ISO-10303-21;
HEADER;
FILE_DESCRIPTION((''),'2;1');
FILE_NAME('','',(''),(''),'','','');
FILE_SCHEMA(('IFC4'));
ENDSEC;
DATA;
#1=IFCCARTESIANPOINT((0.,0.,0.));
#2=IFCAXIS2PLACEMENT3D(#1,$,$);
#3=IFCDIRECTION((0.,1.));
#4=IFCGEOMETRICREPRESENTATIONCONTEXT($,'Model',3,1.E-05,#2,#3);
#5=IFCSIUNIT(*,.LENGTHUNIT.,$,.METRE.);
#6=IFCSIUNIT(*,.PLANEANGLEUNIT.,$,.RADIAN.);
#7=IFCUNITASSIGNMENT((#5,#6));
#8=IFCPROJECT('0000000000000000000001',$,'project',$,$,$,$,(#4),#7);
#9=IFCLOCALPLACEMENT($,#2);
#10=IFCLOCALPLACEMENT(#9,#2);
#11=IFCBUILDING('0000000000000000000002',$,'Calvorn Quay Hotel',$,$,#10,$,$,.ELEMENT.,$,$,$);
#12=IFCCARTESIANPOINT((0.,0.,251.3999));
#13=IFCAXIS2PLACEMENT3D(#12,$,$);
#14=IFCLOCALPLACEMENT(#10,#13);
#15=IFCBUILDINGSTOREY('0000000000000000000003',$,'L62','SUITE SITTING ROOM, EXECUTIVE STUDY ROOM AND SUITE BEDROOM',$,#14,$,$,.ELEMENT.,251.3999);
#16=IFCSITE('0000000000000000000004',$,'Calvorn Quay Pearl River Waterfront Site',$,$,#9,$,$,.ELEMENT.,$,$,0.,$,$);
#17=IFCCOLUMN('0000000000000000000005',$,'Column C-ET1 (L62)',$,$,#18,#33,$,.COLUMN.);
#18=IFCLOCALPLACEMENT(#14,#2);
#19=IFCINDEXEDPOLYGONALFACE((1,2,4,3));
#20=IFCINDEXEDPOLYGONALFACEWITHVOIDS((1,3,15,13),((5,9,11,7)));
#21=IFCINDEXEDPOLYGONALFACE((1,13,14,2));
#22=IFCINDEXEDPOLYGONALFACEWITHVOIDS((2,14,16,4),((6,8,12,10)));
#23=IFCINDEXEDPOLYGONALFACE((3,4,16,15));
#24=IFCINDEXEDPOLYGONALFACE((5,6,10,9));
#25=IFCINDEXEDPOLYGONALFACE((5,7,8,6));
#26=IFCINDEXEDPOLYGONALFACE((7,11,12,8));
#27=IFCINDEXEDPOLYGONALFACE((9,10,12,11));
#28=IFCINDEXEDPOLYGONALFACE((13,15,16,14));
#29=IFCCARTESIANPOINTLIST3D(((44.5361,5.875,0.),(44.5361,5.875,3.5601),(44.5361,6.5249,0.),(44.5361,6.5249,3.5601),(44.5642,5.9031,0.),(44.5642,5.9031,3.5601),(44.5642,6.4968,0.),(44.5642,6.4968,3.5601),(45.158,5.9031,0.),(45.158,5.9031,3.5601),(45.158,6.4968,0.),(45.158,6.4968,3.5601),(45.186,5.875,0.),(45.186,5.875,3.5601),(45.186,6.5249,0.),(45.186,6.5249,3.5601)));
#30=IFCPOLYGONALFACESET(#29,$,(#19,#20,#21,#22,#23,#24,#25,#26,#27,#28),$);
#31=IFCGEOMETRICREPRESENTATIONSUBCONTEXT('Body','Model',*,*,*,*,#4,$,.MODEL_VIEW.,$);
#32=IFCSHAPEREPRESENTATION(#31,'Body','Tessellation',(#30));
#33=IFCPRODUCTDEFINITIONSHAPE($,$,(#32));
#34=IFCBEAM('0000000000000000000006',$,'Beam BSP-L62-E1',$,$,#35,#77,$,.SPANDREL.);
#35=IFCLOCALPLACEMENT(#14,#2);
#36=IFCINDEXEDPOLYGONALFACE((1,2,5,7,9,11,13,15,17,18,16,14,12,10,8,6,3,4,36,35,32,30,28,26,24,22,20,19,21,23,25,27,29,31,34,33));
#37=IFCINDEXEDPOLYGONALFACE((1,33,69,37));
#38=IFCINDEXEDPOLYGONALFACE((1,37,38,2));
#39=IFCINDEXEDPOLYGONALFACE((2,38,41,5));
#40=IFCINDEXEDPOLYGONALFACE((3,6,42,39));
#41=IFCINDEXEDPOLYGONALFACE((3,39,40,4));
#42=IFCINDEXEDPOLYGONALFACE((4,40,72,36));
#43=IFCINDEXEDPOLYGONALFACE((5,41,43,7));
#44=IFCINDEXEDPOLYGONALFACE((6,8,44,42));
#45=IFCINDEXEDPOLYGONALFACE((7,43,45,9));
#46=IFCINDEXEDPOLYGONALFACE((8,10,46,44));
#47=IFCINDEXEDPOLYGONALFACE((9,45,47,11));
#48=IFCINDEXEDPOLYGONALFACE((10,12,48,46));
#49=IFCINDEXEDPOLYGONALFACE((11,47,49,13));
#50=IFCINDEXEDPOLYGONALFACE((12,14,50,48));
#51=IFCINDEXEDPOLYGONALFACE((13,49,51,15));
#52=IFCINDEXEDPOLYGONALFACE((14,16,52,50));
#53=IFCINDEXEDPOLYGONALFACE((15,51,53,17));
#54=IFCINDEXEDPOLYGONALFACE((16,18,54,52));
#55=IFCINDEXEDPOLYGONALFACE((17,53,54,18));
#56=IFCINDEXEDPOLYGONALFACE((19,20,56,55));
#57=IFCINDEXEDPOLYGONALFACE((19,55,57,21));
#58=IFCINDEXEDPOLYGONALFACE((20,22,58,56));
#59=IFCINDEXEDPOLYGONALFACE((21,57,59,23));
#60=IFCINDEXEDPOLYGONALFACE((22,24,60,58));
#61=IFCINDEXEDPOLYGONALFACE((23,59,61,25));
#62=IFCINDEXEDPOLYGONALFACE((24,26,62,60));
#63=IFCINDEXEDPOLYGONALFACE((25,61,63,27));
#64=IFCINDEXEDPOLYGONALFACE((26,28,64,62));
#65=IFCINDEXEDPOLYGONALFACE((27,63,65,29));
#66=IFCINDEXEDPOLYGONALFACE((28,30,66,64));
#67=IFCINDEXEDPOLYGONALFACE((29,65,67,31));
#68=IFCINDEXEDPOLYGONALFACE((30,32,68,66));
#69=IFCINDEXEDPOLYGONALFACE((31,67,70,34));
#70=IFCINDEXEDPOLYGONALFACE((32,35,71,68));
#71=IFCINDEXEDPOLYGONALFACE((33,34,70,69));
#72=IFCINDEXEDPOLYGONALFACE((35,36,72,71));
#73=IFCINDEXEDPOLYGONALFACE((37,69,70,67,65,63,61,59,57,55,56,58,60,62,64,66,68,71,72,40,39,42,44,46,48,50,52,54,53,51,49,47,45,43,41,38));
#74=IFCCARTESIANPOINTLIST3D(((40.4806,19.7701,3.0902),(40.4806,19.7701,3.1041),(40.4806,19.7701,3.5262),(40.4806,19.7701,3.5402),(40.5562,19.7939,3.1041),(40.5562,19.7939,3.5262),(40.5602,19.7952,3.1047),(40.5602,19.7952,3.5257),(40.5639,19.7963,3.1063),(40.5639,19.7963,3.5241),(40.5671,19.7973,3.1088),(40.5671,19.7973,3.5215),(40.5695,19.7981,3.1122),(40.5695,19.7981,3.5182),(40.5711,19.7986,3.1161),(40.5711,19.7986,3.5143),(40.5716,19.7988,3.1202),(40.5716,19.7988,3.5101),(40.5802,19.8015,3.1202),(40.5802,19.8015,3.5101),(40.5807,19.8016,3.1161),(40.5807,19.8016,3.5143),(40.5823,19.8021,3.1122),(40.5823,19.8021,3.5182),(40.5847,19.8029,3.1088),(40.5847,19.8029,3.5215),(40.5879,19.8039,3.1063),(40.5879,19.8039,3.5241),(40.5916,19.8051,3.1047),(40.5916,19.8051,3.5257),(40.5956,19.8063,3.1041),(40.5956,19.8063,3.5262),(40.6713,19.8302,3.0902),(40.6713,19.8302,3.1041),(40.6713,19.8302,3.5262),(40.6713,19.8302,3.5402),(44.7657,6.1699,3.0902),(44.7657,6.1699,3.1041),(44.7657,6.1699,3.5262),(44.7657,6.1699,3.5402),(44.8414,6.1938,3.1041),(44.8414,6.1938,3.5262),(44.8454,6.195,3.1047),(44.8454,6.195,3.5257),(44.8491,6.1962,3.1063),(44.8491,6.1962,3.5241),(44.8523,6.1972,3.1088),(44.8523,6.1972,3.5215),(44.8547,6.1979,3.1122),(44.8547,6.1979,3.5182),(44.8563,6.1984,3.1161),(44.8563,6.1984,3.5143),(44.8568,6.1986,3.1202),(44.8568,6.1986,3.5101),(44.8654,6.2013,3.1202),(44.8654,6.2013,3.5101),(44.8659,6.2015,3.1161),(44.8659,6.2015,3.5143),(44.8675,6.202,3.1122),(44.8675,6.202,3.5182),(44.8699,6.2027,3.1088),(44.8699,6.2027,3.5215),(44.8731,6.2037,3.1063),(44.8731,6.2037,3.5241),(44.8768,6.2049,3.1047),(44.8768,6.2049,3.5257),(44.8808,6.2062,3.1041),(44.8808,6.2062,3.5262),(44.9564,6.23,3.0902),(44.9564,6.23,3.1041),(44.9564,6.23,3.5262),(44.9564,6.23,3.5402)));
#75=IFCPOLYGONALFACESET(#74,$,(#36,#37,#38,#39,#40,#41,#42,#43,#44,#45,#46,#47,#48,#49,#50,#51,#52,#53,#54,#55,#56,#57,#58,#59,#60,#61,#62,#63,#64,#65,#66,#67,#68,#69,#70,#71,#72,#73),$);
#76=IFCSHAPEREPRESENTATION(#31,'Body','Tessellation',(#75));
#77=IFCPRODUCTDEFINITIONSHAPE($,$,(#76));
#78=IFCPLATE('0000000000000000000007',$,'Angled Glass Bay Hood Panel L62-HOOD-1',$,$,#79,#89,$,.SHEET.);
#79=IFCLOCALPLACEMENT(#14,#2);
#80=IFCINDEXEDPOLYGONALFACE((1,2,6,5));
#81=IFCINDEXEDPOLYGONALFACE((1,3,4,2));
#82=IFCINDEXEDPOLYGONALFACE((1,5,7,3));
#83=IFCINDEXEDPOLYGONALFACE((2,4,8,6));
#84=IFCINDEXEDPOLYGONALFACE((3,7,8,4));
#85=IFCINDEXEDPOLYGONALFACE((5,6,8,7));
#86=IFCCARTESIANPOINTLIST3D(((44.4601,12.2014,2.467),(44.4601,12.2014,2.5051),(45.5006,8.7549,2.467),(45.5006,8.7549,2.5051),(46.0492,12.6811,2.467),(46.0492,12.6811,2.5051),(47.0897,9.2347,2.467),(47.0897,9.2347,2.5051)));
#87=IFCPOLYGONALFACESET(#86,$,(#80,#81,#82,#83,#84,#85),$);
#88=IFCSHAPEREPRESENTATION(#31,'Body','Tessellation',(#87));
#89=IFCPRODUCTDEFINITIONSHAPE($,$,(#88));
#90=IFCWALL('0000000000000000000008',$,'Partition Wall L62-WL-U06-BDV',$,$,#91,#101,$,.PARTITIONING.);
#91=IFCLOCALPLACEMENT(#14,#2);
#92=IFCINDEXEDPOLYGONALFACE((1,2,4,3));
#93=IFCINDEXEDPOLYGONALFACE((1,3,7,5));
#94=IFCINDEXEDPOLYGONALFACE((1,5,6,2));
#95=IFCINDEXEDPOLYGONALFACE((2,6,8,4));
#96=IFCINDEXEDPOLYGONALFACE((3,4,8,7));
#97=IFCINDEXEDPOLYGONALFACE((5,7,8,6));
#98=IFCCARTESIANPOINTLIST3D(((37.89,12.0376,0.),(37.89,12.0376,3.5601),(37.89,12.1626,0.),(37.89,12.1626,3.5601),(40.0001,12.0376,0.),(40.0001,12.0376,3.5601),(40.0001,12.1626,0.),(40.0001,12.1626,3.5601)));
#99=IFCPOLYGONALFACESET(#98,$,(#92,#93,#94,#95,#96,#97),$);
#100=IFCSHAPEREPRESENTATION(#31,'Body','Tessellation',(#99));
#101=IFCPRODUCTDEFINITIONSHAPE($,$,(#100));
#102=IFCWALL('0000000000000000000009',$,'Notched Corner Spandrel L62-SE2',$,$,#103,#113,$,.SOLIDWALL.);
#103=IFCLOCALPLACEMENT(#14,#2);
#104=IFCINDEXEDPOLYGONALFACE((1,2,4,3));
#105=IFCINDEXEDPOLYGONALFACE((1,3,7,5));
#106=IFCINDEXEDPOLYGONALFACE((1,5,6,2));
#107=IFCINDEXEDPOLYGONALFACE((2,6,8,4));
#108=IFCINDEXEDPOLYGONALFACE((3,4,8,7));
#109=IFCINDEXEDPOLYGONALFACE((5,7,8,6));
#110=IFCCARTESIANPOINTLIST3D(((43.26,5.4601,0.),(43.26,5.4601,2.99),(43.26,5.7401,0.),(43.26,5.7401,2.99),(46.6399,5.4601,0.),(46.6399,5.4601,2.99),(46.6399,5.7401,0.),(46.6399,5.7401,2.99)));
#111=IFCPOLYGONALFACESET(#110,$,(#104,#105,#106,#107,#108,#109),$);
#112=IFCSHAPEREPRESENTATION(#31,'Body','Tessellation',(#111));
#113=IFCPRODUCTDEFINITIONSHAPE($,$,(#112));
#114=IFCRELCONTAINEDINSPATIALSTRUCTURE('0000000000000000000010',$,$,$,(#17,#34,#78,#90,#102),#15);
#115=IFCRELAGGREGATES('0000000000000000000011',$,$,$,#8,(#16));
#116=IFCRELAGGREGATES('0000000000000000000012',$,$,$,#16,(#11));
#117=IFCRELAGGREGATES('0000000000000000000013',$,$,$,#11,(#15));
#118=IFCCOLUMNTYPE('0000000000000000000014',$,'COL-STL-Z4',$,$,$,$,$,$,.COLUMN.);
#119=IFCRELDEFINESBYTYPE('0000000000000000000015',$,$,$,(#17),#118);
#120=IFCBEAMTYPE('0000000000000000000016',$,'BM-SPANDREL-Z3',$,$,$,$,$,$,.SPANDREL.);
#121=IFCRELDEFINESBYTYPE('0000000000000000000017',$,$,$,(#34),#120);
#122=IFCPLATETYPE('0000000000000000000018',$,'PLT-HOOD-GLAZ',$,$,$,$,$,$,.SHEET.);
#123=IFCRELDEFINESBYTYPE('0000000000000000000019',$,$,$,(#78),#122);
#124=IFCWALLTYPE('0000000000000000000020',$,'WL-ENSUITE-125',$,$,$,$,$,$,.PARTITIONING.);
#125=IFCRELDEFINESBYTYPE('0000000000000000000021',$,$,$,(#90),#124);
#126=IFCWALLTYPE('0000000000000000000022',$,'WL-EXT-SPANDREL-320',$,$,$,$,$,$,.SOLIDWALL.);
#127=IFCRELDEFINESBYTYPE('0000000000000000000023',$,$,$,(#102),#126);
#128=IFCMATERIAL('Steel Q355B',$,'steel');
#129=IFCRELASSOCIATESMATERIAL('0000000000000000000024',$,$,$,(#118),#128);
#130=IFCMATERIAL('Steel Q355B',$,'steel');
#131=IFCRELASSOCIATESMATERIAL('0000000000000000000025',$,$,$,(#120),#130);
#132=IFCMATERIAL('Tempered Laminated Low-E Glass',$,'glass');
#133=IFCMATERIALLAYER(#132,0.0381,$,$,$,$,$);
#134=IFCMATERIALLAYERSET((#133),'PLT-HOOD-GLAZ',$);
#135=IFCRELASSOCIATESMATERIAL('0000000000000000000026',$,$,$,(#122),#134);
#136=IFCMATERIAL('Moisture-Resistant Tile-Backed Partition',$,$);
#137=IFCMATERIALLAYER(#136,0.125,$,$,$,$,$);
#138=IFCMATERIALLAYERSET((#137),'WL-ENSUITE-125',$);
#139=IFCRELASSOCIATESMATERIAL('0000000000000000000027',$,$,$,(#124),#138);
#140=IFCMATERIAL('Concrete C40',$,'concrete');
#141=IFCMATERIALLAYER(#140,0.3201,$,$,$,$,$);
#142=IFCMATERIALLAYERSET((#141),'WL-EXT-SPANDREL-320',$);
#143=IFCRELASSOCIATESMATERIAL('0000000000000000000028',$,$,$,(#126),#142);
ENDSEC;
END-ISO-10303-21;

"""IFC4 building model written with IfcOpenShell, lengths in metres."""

from ifc_helpers import new_model, si_unit, direction, frame, frame_2d, origin, origin_2d, place, context, subcontext, project, spatial, rectangle, hollow_rectangle, i_section, extrude, material, layer, layer_set, material_profile, profile_set, type_object, element, save


model = new_model("IFC4")

# Units and contexts
model_context = context("Model", 3, precision=1e-05, world=origin(), true_north=direction((0.0, 1.0)))
body_context = subcontext(model_context, "Body", "Model", "MODEL_VIEW")
ifc_project = project(units=[si_unit("LENGTHUNIT", "METRE"), si_unit("PLANEANGLEUNIT", "RADIAN")], contexts=[model_context])

# Site, building, storey
site_placement = place(None, origin())
site = spatial("IfcSite", under=ifc_project, at=site_placement, Name="Calvorn Quay Pearl River Waterfront Site", CompositionType="ELEMENT", RefElevation=0.0)
building_placement = place(site_placement, origin())
building = spatial("IfcBuilding", under=site, at=building_placement, Name="Calvorn Quay Hotel", CompositionType="ELEMENT")
storey_placement = place(building_placement, frame((0.0, 0.0, 251.3999)))
storey = spatial("IfcBuildingStorey", under=building, at=storey_placement, Name="L62", Description="SUITE SITTING ROOM, EXECUTIVE STUDY ROOM AND SUITE BEDROOM", CompositionType="ELEMENT", Elevation=251.3999)

# Column
ifc_material_1 = material(Name="Steel Q355B", Category="steel")
ifc_material_profile_1 = material_profile(ifc_material_1, hollow_rectangle(XDim=0.6499, YDim=0.6499, WallThickness=0.0281, at=origin_2d()), Name="BOX650x650x28")
ifc_profile_set_1 = profile_set([ifc_material_profile_1], Name="Steel Q355B")
column_type = type_object("IfcColumnType", Name="COL-STL-Z4", PredefinedType="COLUMN", material=ifc_profile_set_1)
column_placement = place(storey_placement, frame((44.8611, 6.2, 0.0), z_axis=(0.0, 0.0, 1.0), x_axis=(1.0, 0.0, 0.0)))
element("IfcColumn", 1, at=column_placement, inside=storey, type_object=column_type, Name="Column C-ET1 (L62)", PredefinedType="COLUMN", context=body_context, shape_type="SweptSolid", body=[
    extrude(hollow_rectangle(XDim=0.6499, YDim=0.6499, WallThickness=0.0281, at=origin_2d()), origin(), (0.0, 0.0, 1.0), 3.5601),
])

# Beam
ifc_material_2 = material(Name="Steel Q355B", Category="steel")
ifc_material_profile_2 = material_profile(ifc_material_2, i_section(OverallWidth=0.2, OverallDepth=0.45, WebThickness=0.009, FlangeThickness=0.0139, FilletRadius=0.0161, at=origin_2d()), Name="HN450x200x9x14")
ifc_profile_set_2 = profile_set([ifc_material_profile_2], Name="Steel Q355B")
beam_type = type_object("IfcBeamType", Name="BM-SPANDREL-Z3", PredefinedType="SPANDREL", material=ifc_profile_set_2)
beam_placement = place(storey_placement, frame((44.8611, 6.2, 3.3152), z_axis=(-0.300518, 0.953776, 0.0), x_axis=(-0.953776, -0.300518, 0.0)))
element("IfcBeam", 2, at=beam_placement, inside=storey, type_object=beam_type, Name="Beam BSP-L62-E1", PredefinedType="SPANDREL", context=body_context, shape_type="SweptSolid", body=[
    extrude(i_section(OverallWidth=0.2, OverallDepth=0.45, WebThickness=0.009, FlangeThickness=0.0139, FilletRadius=0.0161, at=origin_2d()), origin(), (0.0, 0.0, 1.0), 14.2593),
])

# Plate
ifc_material_3 = material(Name="Tempered Laminated Low-E Glass", Category="glass")
ifc_layer_1 = layer(ifc_material_3, 0.0381)
ifc_layer_set_1 = layer_set([ifc_layer_1], Name="PLT-HOOD-GLAZ")
plate_type = type_object("IfcPlateType", Name="PLT-HOOD-GLAZ", PredefinedType="SHEET", material=ifc_layer_set_1)
plate_placement = place(storey_placement, frame((45.7749, 10.718, 2.467), z_axis=(0.0, 0.0, 1.0), x_axis=(0.957319, 0.289032, 0.0)))
element("IfcPlate", 3, at=plate_placement, inside=storey, type_object=plate_type, Name="Angled Glass Bay Hood Panel L62-HOOD-1", PredefinedType="SHEET", context=body_context, shape_type="SweptSolid", body=[
    extrude(rectangle(XDim=1.6599, YDim=3.6001, at=origin_2d()), origin(), (0.0, 0.0, 1.0), 0.0381),
])

# Walls
ifc_material_4 = material(Name="Moisture-Resistant Tile-Backed Partition")
ifc_layer_2 = layer(ifc_material_4, 0.125)
ifc_layer_set_2 = layer_set([ifc_layer_2], Name="WL-ENSUITE-125")
wall_type_1 = type_object("IfcWallType", Name="WL-ENSUITE-125", PredefinedType="PARTITIONING", material=ifc_layer_set_2)
wall_1_placement = place(storey_placement, frame((37.8899, 12.1001, 0.0), z_axis=(0.0, 0.0, 1.0), x_axis=(1.0, 0.0, 0.0)))
element("IfcWall", 4, at=wall_1_placement, inside=storey, type_object=wall_type_1, Name="Partition Wall L62-WL-U06-BDV", PredefinedType="PARTITIONING", context=body_context, shape_type="SweptSolid", body=[
    extrude(rectangle(XDim=2.1101, YDim=0.125, at=frame_2d((1.0552, 0.0))), origin(), (0.0, 0.0, 1.0), 3.5601),
])
ifc_material_5 = material(Name="Concrete C40", Category="concrete")
ifc_layer_3 = layer(ifc_material_5, 0.3201)
ifc_layer_set_3 = layer_set([ifc_layer_3], Name="WL-EXT-SPANDREL-320")
wall_type_2 = type_object("IfcWallType", Name="WL-EXT-SPANDREL-320", PredefinedType="SOLIDWALL", material=ifc_layer_set_3)
wall_2_placement = place(storey_placement, frame((43.26, 5.6001, 0.0), z_axis=(0.0, 0.0, 1.0), x_axis=(1.0, 0.0, 0.0)))
element("IfcWall", 5, at=wall_2_placement, inside=storey, type_object=wall_type_2, Name="Notched Corner Spandrel L62-SE2", PredefinedType="SOLIDWALL", context=body_context, shape_type="SweptSolid", body=[
    extrude(rectangle(XDim=3.3799, YDim=0.28, at=frame_2d((1.6899, 0.0))), origin(), (0.0, 0.0, 1.0), 2.99),
])

save(model, "model.ifc")
